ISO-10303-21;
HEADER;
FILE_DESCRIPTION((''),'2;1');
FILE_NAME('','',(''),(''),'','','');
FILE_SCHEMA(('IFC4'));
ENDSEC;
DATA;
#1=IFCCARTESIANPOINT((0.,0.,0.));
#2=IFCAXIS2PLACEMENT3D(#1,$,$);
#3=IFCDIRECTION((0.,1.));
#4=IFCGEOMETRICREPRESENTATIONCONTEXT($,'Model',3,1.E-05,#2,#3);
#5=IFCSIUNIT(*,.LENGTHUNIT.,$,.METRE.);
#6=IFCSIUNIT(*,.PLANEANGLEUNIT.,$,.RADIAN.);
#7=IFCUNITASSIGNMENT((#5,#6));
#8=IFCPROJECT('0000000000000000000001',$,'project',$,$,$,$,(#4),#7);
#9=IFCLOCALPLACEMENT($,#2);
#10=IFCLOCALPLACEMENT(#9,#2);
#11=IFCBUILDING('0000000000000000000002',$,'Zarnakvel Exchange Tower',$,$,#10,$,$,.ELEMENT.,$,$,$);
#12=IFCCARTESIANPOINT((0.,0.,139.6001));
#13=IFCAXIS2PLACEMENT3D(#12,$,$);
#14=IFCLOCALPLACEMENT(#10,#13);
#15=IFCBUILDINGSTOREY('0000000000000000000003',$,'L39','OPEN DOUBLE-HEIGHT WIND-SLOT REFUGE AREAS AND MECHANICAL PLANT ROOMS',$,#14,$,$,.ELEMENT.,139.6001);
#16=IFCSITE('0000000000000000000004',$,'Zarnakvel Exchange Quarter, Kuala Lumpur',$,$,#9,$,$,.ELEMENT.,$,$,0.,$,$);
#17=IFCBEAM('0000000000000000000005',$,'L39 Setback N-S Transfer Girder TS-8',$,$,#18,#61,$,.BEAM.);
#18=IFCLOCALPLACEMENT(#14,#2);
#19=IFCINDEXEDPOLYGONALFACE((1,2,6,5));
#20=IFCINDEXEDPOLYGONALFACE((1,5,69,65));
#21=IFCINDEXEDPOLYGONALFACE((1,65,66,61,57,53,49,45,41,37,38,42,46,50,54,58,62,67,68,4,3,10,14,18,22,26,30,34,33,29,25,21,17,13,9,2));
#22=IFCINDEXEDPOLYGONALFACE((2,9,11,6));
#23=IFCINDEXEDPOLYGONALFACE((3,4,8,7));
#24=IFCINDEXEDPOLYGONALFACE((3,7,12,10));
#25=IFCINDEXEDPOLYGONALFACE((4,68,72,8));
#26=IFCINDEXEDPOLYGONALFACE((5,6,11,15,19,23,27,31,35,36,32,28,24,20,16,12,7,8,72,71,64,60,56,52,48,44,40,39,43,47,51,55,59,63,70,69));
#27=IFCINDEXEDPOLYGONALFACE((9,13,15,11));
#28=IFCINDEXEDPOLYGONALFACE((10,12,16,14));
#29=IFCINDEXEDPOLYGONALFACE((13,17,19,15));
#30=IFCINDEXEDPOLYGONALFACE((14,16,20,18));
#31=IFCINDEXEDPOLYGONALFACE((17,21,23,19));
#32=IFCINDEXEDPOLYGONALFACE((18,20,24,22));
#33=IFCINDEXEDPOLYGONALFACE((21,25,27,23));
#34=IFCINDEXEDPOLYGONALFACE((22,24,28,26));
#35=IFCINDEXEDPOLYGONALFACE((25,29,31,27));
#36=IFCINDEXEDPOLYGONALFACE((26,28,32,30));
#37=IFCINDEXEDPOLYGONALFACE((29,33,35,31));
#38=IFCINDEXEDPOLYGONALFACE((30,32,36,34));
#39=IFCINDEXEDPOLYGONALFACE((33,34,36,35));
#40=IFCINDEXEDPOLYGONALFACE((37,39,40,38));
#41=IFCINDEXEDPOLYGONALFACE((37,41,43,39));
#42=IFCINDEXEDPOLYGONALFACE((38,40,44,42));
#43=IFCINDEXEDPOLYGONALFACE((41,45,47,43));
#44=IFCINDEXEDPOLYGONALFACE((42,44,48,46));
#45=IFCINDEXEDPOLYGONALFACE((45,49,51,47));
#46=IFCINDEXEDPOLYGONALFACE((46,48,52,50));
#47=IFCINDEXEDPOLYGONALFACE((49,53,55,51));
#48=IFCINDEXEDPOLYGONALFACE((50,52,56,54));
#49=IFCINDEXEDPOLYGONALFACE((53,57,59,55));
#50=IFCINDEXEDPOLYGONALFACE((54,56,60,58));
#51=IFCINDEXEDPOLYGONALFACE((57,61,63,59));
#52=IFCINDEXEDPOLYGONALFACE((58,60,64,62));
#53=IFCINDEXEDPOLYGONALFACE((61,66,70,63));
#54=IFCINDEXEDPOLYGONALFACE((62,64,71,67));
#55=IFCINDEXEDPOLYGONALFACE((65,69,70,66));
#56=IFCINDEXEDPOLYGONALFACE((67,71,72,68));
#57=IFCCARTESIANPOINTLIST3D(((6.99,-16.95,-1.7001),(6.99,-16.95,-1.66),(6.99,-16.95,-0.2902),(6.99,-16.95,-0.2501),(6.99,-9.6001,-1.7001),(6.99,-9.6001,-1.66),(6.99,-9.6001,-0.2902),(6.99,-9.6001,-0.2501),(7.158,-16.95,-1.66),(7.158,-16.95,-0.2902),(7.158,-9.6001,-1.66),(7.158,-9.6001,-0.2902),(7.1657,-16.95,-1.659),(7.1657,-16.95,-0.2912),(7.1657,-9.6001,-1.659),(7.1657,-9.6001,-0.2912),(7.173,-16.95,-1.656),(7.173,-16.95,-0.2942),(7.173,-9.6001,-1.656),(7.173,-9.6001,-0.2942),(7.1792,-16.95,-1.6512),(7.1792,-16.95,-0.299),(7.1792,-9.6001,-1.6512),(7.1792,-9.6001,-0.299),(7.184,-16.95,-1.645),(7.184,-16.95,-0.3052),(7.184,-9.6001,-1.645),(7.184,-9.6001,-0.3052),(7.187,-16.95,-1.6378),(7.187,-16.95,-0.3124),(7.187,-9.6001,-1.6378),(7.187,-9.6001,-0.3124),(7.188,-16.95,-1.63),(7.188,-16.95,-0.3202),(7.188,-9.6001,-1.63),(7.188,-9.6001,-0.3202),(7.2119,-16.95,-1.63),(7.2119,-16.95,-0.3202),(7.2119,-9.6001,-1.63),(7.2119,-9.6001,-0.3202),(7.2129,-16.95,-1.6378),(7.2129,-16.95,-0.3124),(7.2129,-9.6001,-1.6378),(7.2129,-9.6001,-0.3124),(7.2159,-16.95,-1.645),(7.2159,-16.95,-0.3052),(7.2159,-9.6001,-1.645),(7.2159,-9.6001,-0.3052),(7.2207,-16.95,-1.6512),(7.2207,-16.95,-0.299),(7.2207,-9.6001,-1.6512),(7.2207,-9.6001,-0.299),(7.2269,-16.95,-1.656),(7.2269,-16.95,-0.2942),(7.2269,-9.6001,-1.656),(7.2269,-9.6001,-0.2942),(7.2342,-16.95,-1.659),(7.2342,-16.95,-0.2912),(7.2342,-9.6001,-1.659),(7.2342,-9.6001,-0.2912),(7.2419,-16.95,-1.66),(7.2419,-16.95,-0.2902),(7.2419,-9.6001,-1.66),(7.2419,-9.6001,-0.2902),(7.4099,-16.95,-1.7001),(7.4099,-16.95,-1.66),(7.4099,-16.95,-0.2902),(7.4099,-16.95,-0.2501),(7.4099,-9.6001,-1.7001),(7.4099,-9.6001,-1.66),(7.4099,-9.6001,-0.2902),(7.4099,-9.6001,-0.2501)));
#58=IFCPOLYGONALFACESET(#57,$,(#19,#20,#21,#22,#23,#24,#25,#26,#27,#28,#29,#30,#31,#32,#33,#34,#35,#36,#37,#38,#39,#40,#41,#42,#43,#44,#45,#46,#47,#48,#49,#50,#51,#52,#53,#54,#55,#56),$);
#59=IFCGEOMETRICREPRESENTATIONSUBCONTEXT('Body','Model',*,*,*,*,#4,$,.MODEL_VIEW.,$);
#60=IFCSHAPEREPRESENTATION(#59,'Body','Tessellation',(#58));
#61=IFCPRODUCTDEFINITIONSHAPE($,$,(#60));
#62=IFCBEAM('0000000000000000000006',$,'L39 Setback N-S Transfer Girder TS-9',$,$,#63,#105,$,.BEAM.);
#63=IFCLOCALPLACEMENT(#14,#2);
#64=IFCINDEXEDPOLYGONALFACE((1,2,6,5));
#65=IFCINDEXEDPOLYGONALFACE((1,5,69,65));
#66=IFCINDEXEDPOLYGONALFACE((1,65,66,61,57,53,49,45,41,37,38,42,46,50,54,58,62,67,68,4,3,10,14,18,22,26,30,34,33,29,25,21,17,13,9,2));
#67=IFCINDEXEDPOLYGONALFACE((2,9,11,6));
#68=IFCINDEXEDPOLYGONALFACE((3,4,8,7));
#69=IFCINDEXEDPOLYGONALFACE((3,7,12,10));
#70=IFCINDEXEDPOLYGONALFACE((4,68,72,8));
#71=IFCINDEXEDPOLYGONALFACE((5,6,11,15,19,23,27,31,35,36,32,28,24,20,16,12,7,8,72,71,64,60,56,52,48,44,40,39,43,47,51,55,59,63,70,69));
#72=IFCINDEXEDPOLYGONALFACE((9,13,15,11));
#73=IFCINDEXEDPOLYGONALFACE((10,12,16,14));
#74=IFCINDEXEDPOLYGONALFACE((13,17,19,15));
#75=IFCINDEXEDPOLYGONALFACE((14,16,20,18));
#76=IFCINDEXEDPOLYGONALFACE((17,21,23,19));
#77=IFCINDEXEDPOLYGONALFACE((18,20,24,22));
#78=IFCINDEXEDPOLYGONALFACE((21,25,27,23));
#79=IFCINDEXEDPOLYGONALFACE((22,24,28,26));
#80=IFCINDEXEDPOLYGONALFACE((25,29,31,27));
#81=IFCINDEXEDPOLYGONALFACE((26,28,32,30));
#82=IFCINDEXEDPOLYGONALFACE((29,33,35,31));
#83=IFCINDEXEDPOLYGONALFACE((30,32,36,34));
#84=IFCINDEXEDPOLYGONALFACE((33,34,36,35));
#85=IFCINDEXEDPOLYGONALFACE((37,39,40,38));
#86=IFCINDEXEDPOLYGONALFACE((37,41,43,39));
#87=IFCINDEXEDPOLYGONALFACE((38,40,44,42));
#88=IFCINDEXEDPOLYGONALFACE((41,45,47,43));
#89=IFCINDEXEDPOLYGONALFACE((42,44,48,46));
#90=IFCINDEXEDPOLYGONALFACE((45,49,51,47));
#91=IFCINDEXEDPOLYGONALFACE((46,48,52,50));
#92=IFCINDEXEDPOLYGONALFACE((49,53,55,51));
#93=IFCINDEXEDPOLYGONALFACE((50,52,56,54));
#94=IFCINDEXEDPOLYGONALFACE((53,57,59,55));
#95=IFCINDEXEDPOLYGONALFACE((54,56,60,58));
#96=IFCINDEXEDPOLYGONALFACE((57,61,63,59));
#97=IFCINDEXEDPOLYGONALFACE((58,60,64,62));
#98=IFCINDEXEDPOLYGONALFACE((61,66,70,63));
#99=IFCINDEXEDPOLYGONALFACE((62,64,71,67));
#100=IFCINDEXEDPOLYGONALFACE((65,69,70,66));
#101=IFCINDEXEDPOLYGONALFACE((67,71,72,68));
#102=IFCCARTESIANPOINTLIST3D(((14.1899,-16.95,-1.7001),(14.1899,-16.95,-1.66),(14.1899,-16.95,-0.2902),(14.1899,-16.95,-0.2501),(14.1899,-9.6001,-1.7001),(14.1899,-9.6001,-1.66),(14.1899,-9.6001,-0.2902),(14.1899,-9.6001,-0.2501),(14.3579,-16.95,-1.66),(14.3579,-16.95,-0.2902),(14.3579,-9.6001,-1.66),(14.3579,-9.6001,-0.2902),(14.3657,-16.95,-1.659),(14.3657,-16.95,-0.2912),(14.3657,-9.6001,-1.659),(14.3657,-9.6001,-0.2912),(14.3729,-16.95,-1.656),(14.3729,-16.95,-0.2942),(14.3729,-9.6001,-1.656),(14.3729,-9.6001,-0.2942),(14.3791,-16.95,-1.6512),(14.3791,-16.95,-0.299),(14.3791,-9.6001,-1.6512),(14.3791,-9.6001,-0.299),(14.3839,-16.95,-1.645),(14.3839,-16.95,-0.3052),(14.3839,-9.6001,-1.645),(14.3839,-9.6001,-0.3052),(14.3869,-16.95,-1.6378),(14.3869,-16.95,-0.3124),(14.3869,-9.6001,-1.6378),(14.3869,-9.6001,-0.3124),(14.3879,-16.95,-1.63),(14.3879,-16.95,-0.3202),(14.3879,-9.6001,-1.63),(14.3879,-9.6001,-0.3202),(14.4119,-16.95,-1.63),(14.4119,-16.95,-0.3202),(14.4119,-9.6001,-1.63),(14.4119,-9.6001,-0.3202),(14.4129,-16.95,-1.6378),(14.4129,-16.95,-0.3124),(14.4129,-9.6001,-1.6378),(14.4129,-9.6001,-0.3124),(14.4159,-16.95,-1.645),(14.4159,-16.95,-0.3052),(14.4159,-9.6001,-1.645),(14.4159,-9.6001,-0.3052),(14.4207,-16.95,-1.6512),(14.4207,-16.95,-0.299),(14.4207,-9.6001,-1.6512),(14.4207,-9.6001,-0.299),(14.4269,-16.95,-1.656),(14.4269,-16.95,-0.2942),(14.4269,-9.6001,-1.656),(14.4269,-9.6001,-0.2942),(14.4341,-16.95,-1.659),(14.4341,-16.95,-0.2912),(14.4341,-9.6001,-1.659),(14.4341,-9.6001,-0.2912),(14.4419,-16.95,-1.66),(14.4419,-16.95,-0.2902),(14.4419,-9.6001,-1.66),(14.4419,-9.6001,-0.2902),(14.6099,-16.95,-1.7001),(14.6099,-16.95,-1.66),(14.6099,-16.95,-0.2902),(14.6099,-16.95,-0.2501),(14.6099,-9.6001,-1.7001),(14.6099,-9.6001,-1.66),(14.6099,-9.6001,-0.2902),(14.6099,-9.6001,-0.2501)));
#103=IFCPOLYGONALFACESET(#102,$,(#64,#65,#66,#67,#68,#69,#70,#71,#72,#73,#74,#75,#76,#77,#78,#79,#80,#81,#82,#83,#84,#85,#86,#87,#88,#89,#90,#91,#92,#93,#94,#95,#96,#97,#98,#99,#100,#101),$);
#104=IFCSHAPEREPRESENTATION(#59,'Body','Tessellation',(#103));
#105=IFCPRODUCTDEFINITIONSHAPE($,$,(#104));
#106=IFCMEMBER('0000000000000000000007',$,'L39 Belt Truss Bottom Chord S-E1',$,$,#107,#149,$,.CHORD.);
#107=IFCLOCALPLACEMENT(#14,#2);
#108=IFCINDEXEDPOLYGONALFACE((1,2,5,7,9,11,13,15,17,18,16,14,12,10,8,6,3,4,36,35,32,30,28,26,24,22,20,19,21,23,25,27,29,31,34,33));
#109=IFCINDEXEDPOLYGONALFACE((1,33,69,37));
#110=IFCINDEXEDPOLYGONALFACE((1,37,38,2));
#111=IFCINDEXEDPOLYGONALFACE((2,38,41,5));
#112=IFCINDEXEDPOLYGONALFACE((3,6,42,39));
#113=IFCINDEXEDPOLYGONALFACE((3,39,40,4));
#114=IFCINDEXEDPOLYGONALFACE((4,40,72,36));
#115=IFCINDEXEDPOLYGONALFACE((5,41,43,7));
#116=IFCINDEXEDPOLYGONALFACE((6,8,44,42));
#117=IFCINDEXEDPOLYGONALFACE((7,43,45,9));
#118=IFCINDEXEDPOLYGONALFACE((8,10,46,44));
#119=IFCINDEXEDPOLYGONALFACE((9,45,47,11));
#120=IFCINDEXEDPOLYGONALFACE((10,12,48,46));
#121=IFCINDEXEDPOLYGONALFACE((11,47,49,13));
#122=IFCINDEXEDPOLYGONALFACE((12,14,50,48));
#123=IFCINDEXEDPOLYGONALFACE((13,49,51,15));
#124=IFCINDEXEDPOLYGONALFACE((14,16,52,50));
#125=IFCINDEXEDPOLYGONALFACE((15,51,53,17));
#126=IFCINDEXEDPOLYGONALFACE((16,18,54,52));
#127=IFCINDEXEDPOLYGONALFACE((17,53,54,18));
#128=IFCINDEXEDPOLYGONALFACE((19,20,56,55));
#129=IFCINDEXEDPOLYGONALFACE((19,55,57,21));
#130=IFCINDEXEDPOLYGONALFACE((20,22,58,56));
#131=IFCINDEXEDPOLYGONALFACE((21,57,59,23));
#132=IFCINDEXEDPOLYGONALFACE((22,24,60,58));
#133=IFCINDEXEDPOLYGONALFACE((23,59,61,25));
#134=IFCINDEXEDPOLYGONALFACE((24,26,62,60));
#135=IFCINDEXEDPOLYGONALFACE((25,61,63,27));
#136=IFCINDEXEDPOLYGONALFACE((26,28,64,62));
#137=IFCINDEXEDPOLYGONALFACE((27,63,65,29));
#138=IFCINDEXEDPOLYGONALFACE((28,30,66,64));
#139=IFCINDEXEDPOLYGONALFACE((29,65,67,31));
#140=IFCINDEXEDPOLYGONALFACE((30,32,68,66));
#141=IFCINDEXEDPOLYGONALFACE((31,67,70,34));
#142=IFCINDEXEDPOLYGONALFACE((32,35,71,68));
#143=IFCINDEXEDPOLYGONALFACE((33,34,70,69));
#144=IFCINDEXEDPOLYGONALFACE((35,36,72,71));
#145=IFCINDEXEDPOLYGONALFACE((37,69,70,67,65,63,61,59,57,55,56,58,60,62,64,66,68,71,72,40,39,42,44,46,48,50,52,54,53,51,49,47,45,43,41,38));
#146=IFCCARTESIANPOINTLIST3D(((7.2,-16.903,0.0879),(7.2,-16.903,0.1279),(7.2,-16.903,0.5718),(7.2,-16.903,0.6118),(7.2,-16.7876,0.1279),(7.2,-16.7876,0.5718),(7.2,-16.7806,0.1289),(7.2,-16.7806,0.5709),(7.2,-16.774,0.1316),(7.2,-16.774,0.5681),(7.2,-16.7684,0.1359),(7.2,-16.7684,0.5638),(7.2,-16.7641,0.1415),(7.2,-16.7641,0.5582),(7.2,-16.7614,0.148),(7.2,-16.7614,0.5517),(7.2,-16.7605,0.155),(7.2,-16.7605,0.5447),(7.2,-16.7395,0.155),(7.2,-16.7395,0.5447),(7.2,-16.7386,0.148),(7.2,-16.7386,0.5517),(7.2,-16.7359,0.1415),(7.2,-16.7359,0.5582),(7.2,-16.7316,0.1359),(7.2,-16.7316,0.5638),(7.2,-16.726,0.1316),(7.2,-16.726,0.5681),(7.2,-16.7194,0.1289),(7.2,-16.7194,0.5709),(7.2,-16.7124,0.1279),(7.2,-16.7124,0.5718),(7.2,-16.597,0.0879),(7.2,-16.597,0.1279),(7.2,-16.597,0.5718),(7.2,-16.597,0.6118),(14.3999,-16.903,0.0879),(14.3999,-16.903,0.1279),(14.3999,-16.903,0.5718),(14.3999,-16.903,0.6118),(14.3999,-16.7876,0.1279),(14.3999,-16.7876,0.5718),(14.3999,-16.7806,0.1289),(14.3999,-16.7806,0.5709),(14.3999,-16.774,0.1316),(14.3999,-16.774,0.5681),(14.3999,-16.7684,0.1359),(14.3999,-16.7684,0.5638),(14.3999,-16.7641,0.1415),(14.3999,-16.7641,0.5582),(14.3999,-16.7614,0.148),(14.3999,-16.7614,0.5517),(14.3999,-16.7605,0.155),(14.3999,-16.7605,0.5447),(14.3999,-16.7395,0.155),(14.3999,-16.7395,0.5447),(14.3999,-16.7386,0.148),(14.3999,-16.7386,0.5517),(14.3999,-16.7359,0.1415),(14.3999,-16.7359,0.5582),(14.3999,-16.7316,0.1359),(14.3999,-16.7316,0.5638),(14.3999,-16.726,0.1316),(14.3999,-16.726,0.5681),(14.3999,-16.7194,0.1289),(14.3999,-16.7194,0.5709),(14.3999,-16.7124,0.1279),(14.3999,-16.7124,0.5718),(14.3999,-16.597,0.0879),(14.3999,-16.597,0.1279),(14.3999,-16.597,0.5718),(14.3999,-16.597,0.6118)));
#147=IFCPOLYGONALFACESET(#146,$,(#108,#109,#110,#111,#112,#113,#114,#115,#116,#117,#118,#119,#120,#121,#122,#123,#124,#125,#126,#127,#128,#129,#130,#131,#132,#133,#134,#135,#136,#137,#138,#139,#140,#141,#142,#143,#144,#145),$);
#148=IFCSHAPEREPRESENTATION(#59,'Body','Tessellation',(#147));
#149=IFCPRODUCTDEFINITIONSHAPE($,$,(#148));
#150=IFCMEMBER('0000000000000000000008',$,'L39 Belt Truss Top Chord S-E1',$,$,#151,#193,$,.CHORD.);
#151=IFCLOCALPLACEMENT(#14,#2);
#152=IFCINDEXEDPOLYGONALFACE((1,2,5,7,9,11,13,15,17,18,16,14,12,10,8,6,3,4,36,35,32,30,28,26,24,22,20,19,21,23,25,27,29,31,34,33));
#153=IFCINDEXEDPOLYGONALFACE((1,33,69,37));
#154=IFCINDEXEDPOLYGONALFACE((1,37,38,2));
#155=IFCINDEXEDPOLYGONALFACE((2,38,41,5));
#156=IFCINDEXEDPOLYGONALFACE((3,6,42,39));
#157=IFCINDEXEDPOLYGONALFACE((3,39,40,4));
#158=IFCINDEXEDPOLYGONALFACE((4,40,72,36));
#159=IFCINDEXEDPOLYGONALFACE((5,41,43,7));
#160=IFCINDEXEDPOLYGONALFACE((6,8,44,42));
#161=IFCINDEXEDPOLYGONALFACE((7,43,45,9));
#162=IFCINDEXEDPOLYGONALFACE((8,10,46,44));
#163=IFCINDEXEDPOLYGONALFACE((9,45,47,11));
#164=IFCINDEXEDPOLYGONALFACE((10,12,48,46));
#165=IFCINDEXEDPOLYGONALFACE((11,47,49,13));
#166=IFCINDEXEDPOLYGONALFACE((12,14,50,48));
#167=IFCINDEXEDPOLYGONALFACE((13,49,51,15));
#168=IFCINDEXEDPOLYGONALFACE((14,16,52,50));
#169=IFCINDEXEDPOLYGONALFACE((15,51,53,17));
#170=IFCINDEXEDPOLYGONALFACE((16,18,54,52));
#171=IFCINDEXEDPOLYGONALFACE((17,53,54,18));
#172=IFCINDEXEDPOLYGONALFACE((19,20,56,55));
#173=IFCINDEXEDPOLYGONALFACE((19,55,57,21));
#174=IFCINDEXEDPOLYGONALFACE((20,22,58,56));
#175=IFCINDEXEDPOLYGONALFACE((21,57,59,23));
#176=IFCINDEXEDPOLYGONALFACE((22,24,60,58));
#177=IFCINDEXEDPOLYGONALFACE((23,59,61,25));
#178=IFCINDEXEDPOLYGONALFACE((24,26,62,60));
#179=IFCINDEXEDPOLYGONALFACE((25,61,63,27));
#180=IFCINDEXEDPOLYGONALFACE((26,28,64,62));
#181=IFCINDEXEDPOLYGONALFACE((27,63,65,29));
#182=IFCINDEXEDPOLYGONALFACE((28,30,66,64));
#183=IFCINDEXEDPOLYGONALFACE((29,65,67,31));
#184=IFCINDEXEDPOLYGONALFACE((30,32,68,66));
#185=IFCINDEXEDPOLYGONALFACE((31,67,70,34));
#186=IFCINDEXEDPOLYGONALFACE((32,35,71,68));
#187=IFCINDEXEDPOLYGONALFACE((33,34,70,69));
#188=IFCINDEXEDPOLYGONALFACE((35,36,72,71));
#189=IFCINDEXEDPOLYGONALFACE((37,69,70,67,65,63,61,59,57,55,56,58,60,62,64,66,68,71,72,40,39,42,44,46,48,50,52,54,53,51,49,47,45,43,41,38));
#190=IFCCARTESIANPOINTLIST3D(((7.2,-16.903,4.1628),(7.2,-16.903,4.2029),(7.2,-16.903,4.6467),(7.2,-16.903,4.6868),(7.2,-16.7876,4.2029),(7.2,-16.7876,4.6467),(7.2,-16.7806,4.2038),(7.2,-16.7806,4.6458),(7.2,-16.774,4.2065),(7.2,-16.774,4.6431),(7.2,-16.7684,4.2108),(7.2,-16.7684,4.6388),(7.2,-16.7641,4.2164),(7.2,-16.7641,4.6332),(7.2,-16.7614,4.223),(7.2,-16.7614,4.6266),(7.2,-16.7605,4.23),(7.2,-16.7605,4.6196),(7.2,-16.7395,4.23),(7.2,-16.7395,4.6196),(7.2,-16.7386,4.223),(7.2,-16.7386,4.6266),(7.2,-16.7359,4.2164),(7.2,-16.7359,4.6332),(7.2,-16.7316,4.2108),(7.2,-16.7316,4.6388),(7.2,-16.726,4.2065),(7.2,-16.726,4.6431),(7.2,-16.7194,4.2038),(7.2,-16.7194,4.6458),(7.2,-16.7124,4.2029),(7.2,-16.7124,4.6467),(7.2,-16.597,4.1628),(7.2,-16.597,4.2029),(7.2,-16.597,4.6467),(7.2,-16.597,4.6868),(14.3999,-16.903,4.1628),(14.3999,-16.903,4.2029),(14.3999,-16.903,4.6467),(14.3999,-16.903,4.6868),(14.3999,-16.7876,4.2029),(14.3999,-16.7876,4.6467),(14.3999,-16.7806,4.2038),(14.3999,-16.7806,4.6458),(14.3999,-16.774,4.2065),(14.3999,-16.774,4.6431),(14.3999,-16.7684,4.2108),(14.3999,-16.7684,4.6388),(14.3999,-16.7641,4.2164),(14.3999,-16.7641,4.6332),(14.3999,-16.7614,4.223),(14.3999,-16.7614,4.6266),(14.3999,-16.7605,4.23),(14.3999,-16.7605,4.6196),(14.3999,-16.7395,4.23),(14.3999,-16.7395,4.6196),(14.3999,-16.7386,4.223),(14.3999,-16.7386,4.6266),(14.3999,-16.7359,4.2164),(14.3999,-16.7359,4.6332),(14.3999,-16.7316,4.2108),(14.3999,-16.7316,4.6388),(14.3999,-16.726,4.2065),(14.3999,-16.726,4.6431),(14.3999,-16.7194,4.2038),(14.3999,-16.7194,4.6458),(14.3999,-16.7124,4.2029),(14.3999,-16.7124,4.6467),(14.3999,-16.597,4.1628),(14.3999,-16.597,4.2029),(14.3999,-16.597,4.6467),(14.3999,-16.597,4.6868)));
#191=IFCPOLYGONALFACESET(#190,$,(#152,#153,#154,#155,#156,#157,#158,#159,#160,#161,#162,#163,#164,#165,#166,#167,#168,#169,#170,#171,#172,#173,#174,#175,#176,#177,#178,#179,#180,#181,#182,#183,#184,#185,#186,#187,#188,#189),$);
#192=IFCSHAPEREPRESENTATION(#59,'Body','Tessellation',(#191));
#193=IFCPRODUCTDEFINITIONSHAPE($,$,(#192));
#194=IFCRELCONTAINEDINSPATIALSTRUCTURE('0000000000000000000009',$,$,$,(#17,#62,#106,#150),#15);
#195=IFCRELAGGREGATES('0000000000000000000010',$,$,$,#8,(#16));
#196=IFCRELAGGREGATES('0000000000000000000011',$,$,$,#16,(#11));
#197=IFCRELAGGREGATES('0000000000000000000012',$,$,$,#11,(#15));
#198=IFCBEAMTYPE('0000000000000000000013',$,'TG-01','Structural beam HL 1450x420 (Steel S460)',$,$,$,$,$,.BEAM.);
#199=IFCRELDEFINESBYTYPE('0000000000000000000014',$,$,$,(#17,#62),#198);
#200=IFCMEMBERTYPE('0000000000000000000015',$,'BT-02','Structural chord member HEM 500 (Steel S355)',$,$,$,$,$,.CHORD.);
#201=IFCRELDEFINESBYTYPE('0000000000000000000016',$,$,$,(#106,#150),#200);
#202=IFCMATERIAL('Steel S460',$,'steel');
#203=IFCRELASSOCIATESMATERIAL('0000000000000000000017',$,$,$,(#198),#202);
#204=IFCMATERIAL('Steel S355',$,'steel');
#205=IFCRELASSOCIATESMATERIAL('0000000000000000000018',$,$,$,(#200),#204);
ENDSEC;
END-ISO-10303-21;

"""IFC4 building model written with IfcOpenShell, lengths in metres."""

from ifc_helpers import new_model, si_unit, direction, frame, origin, origin_2d, place, context, subcontext, project, spatial, i_section, extrude, source, transform, mapped, material, material_profile, profile_set, type_object, element, save


model = new_model("IFC4")

# Units and contexts
model_context = context("Model", 3, precision=1e-05, world=origin(), true_north=direction((0.0, 1.0)))
body_context = subcontext(model_context, "Body", "Model", "MODEL_VIEW")
ifc_project = project(units=[si_unit("LENGTHUNIT", "METRE"), si_unit("PLANEANGLEUNIT", "RADIAN")], contexts=[model_context])

# Site, building, storey
site_placement = place(None, origin())
site = spatial("IfcSite", under=ifc_project, at=site_placement, Name="Zarnakvel Exchange Quarter, Kuala Lumpur", CompositionType="ELEMENT", RefElevation=0.0)
building_placement = place(site_placement, origin())
building = spatial("IfcBuilding", under=site, at=building_placement, Name="Zarnakvel Exchange Tower", CompositionType="ELEMENT")
storey_placement = place(building_placement, frame((0.0, 0.0, 139.6001)))
storey = spatial("IfcBuildingStorey", under=building, at=storey_placement, Name="L39", Description="OPEN DOUBLE-HEIGHT WIND-SLOT REFUGE AREAS AND MECHANICAL PLANT ROOMS", CompositionType="ELEMENT", Elevation=139.6001)

# Beams
ifc_material_1 = material(Name="Steel S355", Category="steel")
ifc_material_2 = material(Name="Steel S460", Category="steel")
ifc_material_profile_1 = material_profile(ifc_material_2, i_section(OverallWidth=0.4199, OverallDepth=1.45, WebThickness=0.0239, FlangeThickness=0.04, FilletRadius=0.03, at=origin_2d()))
ifc_profile_set_1 = profile_set([ifc_material_profile_1], Name="Steel S460")
beam_type_1 = type_object("IfcBeamType", Name="TG-01", Description="Structural beam HL 1450x420 (Steel S460)", PredefinedType="BEAM", material=ifc_profile_set_1)
for number, where, z_axis, x_axis, name in (
    (1, (7.2, -16.95, -0.9751), (0.0, 1.0, 0.0), (-1.0, 0.0, 0.0), "L39 Setback N-S Transfer Girder TS-8"),
    (2, (14.3999, -16.95, -0.9751), (0.0, 1.0, 0.0), (-1.0, 0.0, 0.0), "L39 Setback N-S Transfer Girder TS-9"),
):
    element("IfcBeam", number, at=place(storey_placement, frame(where, z_axis=z_axis, x_axis=x_axis)), inside=storey, type_object=beam_type_1, Name=name, PredefinedType="BEAM", context=body_context, shape_type="SweptSolid", body=[
        extrude(i_section(OverallWidth=0.4199, OverallDepth=1.45, WebThickness=0.0239, FlangeThickness=0.04, FilletRadius=0.03, at=origin_2d()), origin(), (0.0, 0.0, 1.0), 7.3499),
    ])

# Members
ifc_material_profile_2 = material_profile(ifc_material_1, i_section(OverallWidth=0.3059, OverallDepth=0.5239, WebThickness=0.021, FlangeThickness=0.04, FilletRadius=0.0271, at=origin_2d()))
ifc_profile_set_2 = profile_set([ifc_material_profile_2], Name="Steel S355")
member_type_1 = type_object("IfcMemberType", Name="BT-02", Description="Structural chord member HEM 500 (Steel S355)", PredefinedType="CHORD", material=ifc_profile_set_2)
shared_shape_1 = source(origin(), body_context, "Body", "SweptSolid", [
    extrude(i_section(OverallWidth=0.3059, OverallDepth=0.5239, WebThickness=0.021, FlangeThickness=0.04, FilletRadius=0.0271, at=origin_2d()), origin(), (0.0, 0.0, 1.0), 7.2),
])
for number, where, z_axis, x_axis, name in (
    (3, (7.2, -16.75, 0.3499), (1.0, 0.0, 0.0), (0.0, 1.0, 0.0), "L39 Belt Truss Bottom Chord S-E1"),
    (4, (7.2, -16.75, 4.4248), (1.0, 0.0, 0.0), (0.0, 1.0, 0.0), "L39 Belt Truss Top Chord S-E1"),
):
    element("IfcMember", number, at=place(storey_placement, frame(where, z_axis=z_axis, x_axis=x_axis)), inside=storey, type_object=member_type_1, Name=name, PredefinedType="CHORD", context=body_context, shape_type="MappedRepresentation", body=[
        mapped(shared_shape_1, transform((0.0, 0.0, 0.0), x_axis=(1.0, 0.0, 0.0), y_axis=(0.0, 1.0, 0.0), z_axis=(0.0, 0.0, 1.0), scale=1.0)),
    ])

save(model, "model.ifc")
